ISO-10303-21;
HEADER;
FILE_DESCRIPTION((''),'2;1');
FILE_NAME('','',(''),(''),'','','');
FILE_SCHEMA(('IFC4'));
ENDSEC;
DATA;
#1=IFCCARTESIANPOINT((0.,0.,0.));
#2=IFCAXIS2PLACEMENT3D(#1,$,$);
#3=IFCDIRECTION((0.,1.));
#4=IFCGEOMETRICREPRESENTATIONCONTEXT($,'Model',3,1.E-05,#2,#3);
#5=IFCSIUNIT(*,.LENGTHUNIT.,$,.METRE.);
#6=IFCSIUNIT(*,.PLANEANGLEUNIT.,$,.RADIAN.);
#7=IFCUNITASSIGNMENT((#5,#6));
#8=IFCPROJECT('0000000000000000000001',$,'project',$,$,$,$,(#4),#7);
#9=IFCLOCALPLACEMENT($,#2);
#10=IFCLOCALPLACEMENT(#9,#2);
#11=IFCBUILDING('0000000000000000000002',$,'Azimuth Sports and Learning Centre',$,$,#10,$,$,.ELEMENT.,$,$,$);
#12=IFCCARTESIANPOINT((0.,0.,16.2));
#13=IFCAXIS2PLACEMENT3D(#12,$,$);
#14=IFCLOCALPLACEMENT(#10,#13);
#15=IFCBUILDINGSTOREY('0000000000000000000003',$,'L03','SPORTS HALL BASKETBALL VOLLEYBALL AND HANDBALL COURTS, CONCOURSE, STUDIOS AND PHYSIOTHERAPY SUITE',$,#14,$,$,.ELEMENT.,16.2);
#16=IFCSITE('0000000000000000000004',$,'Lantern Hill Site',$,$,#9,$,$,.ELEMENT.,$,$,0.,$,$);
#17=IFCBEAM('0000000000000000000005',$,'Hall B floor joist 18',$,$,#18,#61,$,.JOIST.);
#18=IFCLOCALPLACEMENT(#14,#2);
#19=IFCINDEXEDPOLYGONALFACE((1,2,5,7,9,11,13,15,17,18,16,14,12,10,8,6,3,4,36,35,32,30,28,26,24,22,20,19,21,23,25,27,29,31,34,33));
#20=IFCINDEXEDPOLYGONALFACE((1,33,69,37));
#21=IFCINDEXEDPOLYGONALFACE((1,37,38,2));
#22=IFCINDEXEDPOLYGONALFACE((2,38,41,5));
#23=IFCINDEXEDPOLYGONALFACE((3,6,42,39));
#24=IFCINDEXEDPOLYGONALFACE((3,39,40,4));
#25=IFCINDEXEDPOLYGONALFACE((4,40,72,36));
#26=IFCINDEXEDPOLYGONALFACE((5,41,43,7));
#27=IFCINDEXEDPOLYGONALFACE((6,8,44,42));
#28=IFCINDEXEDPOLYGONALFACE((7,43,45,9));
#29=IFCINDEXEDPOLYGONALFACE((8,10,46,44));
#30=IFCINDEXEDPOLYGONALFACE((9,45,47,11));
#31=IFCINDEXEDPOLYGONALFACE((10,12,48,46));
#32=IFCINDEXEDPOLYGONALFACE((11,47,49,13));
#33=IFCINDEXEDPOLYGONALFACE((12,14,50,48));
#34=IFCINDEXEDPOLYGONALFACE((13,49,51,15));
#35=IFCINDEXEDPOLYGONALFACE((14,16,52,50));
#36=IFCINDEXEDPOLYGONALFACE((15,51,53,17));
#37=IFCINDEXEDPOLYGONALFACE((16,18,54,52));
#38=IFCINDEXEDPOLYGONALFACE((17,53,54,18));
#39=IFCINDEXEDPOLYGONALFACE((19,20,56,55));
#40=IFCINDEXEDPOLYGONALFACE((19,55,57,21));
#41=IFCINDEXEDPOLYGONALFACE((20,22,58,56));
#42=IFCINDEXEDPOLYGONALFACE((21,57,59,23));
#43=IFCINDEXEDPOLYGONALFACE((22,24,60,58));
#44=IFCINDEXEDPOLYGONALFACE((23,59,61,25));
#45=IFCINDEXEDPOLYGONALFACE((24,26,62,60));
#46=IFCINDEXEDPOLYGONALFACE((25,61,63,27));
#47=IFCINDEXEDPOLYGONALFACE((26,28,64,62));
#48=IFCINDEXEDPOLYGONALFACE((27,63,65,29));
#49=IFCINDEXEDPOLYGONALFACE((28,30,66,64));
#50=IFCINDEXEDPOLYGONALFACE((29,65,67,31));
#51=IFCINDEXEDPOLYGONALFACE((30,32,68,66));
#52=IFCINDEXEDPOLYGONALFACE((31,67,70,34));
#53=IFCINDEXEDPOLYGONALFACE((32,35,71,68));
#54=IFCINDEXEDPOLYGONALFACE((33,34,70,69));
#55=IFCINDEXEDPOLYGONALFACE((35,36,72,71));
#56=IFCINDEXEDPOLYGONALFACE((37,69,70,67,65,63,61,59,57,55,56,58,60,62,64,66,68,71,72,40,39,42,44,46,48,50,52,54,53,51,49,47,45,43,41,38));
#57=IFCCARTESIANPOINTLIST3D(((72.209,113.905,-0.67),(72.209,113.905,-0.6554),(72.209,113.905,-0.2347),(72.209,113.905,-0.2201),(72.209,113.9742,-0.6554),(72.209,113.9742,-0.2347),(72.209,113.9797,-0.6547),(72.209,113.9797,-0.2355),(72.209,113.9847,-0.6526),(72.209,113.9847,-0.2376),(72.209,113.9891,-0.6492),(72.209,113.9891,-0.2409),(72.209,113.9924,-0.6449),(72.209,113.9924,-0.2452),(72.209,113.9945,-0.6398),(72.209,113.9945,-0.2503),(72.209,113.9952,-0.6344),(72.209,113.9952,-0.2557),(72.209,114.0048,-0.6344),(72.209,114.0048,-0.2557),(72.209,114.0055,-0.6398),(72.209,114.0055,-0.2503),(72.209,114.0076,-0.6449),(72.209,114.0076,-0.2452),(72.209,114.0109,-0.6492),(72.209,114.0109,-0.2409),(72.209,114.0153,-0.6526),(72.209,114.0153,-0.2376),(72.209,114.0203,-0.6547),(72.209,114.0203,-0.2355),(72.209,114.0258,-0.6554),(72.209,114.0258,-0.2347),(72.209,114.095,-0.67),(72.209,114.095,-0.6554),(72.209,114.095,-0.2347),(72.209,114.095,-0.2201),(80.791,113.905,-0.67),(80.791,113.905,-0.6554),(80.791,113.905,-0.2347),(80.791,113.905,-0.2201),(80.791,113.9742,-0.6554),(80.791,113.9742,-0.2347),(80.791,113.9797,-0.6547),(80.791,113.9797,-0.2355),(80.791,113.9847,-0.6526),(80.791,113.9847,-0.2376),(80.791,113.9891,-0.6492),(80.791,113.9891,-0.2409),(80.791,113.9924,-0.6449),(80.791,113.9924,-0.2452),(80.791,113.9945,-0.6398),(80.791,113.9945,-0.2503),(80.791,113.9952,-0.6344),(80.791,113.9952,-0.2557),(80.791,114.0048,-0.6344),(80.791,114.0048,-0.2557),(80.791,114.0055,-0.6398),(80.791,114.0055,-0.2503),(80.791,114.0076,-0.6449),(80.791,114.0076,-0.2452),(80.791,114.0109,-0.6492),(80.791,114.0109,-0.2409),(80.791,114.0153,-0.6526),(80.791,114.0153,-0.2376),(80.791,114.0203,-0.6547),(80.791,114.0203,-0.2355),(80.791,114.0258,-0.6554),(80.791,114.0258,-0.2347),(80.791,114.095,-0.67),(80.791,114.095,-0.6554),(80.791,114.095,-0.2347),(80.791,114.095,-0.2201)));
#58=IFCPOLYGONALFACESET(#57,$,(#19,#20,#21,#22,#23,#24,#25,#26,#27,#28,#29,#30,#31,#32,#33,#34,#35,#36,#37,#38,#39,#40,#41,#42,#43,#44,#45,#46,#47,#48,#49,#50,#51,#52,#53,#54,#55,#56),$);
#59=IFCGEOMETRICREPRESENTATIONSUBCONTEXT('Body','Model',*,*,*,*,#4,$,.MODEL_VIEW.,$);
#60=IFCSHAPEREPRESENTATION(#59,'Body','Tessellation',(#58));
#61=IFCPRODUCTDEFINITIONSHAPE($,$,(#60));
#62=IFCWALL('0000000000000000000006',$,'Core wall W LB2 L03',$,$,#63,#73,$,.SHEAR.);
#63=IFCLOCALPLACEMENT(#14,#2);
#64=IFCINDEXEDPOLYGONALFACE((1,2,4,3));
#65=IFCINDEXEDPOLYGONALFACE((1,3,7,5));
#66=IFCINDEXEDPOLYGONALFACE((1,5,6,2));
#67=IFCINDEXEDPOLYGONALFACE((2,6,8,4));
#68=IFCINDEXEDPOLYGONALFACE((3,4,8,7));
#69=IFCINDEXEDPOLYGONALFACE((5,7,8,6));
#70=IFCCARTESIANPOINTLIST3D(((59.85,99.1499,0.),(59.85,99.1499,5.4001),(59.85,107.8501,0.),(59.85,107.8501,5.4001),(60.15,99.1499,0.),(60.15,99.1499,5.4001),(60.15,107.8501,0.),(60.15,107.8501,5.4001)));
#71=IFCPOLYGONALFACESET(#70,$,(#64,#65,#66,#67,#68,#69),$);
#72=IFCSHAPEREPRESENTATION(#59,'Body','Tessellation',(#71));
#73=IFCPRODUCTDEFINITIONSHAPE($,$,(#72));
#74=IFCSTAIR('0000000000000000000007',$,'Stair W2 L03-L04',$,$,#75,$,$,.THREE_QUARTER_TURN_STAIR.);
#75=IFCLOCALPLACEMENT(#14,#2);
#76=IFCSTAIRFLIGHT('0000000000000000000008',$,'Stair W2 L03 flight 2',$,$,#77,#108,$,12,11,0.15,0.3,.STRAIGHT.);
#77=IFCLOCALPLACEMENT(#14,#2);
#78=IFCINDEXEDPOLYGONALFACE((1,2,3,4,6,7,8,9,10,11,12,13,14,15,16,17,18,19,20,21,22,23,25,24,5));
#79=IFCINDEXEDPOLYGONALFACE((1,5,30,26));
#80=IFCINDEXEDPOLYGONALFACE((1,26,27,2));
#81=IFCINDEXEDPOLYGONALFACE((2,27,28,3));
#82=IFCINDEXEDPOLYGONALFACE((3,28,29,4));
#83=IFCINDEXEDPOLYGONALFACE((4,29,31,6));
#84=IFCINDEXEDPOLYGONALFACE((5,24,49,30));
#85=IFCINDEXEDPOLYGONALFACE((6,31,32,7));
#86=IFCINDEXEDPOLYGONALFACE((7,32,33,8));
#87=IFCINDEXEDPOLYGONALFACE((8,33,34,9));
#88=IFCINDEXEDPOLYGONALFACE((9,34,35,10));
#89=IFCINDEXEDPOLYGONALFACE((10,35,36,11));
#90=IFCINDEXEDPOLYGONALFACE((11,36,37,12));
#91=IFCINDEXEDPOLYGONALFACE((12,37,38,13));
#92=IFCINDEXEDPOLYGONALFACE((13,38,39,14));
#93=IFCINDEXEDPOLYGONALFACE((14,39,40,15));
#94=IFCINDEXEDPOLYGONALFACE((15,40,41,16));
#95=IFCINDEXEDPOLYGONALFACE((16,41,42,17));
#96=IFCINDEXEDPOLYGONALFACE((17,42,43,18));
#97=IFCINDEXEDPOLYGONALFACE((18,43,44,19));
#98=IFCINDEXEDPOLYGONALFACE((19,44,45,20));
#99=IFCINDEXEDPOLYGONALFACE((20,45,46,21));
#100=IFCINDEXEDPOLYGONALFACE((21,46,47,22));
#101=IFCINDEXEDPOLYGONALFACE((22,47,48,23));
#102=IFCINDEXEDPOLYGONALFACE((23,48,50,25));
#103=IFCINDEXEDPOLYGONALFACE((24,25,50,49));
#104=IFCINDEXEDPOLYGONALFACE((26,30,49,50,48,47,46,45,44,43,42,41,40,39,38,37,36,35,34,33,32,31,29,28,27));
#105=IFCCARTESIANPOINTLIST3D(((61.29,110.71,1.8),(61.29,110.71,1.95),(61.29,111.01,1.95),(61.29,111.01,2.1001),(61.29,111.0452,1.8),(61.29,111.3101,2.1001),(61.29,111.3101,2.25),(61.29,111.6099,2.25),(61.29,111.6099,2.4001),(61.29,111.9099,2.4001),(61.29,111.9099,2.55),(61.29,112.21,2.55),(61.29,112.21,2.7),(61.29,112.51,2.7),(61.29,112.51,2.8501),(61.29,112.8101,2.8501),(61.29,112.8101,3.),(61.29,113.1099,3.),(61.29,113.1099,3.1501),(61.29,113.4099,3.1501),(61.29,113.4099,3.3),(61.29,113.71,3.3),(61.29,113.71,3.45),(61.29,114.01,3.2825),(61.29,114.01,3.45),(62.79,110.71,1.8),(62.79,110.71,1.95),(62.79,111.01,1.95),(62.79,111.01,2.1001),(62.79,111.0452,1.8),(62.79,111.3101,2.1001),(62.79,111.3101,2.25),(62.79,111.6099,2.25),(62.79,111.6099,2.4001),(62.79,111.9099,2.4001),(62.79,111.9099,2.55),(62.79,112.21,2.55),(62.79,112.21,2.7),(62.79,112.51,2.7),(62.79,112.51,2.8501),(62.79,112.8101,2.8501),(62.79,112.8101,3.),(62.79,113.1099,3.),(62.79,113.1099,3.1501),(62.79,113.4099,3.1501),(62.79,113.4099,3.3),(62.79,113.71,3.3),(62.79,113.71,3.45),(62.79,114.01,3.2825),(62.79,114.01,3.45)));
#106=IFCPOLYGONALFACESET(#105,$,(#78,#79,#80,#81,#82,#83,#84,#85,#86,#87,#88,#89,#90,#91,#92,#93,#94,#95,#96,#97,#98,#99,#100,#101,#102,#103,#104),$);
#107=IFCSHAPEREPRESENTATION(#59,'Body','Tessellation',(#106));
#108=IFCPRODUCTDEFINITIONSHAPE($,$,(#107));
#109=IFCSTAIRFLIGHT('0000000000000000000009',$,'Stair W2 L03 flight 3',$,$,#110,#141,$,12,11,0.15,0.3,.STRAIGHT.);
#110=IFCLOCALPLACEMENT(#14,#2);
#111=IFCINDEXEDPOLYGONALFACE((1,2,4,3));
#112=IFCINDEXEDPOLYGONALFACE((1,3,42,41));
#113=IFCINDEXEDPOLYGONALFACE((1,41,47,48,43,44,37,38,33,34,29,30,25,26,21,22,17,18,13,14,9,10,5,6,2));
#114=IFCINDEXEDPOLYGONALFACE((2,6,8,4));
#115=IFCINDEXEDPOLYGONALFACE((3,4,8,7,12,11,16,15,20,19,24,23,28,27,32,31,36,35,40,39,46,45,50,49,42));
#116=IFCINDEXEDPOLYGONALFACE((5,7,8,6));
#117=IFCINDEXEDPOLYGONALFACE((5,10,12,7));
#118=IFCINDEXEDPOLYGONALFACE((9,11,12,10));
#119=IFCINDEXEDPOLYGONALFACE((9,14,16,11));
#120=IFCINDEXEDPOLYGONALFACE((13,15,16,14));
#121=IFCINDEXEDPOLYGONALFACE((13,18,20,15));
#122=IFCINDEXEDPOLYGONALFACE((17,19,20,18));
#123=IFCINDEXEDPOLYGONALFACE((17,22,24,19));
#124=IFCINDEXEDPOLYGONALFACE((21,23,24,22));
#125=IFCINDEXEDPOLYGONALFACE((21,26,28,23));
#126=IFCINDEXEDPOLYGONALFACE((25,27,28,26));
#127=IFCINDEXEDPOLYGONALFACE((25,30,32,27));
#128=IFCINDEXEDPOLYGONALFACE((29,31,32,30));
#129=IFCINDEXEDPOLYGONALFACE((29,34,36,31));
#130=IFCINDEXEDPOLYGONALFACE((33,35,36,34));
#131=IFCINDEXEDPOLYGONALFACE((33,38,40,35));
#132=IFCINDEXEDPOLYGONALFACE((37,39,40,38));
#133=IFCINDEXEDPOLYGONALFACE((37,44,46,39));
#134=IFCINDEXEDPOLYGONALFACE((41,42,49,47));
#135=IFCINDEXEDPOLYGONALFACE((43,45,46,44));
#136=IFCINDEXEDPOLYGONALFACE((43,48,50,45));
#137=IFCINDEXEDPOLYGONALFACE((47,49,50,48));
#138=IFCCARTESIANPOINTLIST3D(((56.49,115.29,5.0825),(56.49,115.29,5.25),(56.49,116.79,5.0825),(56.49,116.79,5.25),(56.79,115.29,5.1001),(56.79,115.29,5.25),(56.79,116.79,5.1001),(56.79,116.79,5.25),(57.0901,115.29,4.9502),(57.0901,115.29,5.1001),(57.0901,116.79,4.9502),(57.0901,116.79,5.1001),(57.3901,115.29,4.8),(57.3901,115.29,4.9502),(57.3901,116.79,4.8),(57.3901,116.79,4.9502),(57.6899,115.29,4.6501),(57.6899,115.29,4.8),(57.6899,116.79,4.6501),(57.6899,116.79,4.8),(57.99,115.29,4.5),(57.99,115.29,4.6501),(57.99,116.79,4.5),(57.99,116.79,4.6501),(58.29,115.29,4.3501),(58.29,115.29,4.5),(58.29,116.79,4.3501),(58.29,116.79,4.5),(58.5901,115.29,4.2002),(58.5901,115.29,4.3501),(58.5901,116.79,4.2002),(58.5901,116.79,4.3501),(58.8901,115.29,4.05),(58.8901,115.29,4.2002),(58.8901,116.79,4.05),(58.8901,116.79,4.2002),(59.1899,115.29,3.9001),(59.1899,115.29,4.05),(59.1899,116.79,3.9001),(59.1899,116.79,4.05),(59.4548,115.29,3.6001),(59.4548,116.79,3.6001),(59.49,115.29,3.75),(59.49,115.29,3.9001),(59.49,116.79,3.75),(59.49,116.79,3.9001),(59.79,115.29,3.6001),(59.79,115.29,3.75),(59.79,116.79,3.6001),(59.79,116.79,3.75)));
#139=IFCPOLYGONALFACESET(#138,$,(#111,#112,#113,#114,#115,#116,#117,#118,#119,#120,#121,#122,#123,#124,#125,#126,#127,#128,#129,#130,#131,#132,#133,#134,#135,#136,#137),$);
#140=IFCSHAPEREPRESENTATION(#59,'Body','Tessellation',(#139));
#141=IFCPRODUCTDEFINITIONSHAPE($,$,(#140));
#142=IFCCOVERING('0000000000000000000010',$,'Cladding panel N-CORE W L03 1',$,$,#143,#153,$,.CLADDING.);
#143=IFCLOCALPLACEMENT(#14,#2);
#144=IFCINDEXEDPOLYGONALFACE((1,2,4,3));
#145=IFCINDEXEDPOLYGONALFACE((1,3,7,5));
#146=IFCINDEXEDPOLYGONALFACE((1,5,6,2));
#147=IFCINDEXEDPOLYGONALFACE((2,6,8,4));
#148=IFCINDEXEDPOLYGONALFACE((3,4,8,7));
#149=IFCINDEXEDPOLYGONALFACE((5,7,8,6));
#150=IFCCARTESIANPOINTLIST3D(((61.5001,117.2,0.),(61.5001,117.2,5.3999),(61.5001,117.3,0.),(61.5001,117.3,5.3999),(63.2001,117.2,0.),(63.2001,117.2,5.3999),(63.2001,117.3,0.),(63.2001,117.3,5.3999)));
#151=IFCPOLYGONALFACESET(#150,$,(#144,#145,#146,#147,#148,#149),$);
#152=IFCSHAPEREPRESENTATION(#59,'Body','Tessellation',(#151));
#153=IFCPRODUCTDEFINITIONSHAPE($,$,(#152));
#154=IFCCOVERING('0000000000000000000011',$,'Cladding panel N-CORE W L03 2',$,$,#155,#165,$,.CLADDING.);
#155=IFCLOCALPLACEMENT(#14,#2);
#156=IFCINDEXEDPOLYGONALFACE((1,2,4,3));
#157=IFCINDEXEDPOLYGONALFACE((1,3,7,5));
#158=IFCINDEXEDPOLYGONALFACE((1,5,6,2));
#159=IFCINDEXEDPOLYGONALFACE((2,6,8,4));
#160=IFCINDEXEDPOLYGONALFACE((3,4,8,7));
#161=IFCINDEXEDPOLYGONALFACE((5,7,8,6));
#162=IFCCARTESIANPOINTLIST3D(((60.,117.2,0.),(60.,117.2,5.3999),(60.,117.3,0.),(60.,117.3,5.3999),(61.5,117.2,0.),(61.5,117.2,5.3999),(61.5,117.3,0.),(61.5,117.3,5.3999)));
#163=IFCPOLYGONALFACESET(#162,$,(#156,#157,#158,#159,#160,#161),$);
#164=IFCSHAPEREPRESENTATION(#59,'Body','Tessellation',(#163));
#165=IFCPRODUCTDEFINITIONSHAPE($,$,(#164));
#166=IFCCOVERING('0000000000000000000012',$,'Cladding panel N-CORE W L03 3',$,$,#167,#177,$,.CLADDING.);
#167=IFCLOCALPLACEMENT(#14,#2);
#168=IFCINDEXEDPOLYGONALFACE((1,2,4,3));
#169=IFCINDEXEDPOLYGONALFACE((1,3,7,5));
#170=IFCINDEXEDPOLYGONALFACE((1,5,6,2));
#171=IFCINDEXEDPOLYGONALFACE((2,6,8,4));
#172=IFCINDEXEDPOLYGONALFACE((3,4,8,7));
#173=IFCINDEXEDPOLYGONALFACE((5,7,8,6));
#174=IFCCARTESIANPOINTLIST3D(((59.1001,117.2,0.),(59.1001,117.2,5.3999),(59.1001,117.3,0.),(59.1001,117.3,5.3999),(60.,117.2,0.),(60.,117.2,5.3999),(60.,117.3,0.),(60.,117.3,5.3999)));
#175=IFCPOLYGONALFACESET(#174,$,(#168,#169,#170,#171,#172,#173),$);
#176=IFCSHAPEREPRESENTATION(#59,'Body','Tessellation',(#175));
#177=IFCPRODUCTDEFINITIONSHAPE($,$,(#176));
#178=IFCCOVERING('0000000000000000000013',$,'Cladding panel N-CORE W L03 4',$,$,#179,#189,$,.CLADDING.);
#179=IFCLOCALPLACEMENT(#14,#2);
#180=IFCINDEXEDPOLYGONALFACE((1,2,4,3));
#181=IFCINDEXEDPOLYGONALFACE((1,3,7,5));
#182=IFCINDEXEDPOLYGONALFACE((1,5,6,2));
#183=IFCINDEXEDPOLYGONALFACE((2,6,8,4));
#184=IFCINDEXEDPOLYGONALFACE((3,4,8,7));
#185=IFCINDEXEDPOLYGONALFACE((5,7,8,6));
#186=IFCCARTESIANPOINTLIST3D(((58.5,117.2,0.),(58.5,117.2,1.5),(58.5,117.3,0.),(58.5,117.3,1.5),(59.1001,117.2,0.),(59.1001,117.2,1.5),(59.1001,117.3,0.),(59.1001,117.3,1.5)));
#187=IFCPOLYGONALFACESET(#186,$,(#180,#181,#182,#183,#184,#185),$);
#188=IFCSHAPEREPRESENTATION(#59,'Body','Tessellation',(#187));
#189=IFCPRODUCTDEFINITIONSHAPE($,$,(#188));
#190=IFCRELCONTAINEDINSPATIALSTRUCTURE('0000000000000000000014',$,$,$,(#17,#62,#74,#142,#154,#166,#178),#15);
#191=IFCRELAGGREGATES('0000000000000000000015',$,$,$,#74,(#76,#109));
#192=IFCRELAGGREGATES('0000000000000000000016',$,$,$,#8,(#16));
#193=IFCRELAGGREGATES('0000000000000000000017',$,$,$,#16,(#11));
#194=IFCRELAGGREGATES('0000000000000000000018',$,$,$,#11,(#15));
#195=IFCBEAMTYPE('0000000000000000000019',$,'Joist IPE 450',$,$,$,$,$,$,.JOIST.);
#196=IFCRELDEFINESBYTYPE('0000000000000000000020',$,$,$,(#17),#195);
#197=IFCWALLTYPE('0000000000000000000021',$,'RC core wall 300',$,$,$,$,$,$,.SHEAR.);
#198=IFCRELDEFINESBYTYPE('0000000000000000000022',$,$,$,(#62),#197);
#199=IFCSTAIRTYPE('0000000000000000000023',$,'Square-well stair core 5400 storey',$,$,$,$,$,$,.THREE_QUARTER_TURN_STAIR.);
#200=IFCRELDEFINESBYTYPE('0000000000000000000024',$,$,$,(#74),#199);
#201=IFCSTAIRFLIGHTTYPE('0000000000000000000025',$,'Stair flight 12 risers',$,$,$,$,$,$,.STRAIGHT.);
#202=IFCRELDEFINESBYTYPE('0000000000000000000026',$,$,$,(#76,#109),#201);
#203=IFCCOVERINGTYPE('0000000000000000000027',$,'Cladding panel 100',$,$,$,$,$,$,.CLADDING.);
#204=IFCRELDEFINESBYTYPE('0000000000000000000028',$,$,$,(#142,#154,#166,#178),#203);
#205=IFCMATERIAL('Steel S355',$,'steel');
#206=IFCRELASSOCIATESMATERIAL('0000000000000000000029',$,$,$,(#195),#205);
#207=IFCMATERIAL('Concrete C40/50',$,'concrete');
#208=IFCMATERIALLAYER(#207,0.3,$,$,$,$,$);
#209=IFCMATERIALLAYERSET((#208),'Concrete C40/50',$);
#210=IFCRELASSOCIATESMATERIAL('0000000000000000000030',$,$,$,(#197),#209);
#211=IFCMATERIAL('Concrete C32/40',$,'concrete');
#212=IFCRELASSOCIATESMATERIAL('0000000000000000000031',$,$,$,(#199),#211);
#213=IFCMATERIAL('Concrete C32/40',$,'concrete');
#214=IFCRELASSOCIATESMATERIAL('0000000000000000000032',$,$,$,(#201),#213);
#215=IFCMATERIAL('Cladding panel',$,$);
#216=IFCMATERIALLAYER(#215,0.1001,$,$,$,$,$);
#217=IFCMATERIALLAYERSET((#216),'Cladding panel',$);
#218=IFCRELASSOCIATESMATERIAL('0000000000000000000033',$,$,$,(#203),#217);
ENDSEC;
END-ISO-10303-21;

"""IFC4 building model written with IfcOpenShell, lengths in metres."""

from ifc_helpers import new_model, si_unit, direction, frame, frame_2d, origin, origin_2d, place, context, subcontext, project, spatial, polyline, rectangle, i_section, outline, extrude, material, layer, layer_set, material_profile, profile_set, type_object, element, aggregate, save


model = new_model("IFC4")

# Units and contexts
model_context = context("Model", 3, precision=1e-05, world=origin(), true_north=direction((0.0, 1.0)))
body_context = subcontext(model_context, "Body", "Model", "MODEL_VIEW")
ifc_project = project(units=[si_unit("LENGTHUNIT", "METRE"), si_unit("PLANEANGLEUNIT", "RADIAN")], contexts=[model_context])

# Site, building, storey
site_placement = place(None, origin())
site = spatial("IfcSite", under=ifc_project, at=site_placement, Name="Lantern Hill Site", CompositionType="ELEMENT", RefElevation=0.0)
building_placement = place(site_placement, origin())
building = spatial("IfcBuilding", under=site, at=building_placement, Name="Azimuth Sports and Learning Centre", CompositionType="ELEMENT")
storey_placement = place(building_placement, frame((0.0, 0.0, 16.2)))
storey = spatial("IfcBuildingStorey", under=building, at=storey_placement, Name="L03", Description="SPORTS HALL BASKETBALL VOLLEYBALL AND HANDBALL COURTS, CONCOURSE, STUDIOS AND PHYSIOTHERAPY SUITE", CompositionType="ELEMENT", Elevation=16.2)

# Beam
ifc_material_1 = material(Name="Steel S355", Category="steel")
ifc_material_profile_1 = material_profile(ifc_material_1, i_section(OverallWidth=0.1899, OverallDepth=0.45, WebThickness=0.0095, FlangeThickness=0.0146, FilletRadius=0.021, at=origin_2d()), Name="IPE 450")
ifc_profile_set_1 = profile_set([ifc_material_profile_1], Name="Steel S355")
beam_type_1 = type_object("IfcBeamType", Name="Joist IPE 450", PredefinedType="JOIST", material=ifc_profile_set_1)
beam_1_placement = place(storey_placement, frame((72.209, 114.0, -0.4451), z_axis=(1.0, 0.0, 0.0), x_axis=(0.0, 1.0, 0.0)))
element("IfcBeam", 1, at=beam_1_placement, inside=storey, type_object=beam_type_1, Name="Hall B floor joist 18", PredefinedType="JOIST", context=body_context, shape_type="SweptSolid", body=[
    extrude(i_section(OverallWidth=0.1899, OverallDepth=0.45, WebThickness=0.0095, FlangeThickness=0.0146, FilletRadius=0.021, at=origin_2d()), origin(), (0.0, 0.0, 1.0), 8.582),
])

# Wall
ifc_material_2 = material(Name="Concrete C40/50", Category="concrete")
ifc_layer_1 = layer(ifc_material_2, 0.3)
ifc_layer_set_1 = layer_set([ifc_layer_1], Name="Concrete C40/50")
wall_type = type_object("IfcWallType", Name="RC core wall 300", PredefinedType="SHEAR", material=ifc_layer_set_1)
wall_placement = place(storey_placement, frame((60.0, 99.1499, 0.0), z_axis=(0.0, 0.0, 1.0), x_axis=(0.0, 1.0, 0.0)))
element("IfcWall", 2, at=wall_placement, inside=storey, type_object=wall_type, Name="Core wall W LB2 L03", PredefinedType="SHEAR", context=body_context, shape_type="SweptSolid", body=[
    extrude(rectangle(XDim=8.7002, YDim=0.3, at=frame_2d((4.3501, 0.0))), origin(), (0.0, 0.0, 1.0), 5.4001),
])

# Stair, stair flights
ifc_material_3 = material(Name="Concrete C32/40", Category="concrete")
stair_type = type_object("IfcStairType", Name="Square-well stair core 5400 storey", PredefinedType="THREE_QUARTER_TURN_STAIR", material=ifc_material_3)
stair_placement = place(storey_placement, origin())
stair = element("IfcStair", 3, at=stair_placement, inside=storey, type_object=stair_type, Name="Stair W2 L03-L04", PredefinedType="THREE_QUARTER_TURN_STAIR")
ifc_material_4 = material(Name="Concrete C32/40", Category="concrete")
stair_flight_type = type_object("IfcStairFlightType", Name="Stair flight 12 risers", PredefinedType="STRAIGHT", material=ifc_material_4)
stair_flight_1_placement = place(storey_placement, frame((62.04, 110.71, 1.8), z_axis=(0.0, 0.0, 1.0), x_axis=(0.0, 1.0, 0.0)))
stair_flight_1 = element("IfcStairFlight", 4, at=stair_flight_1_placement, type_object=stair_flight_type, Name="Stair W2 L03 flight 2", NumberOfRisers=12, NumberOfTreads=11, PredefinedType="STRAIGHT", RiserHeight=0.15, TreadLength=0.3, context=body_context, shape_type="SweptSolid", body=[
    extrude(outline(polyline([(0.0, 0.0), (0.0, 0.1499), (0.3, 0.1499), (0.3, 0.3), (0.6001, 0.3), (0.6001, 0.45), (0.8999, 0.45), (0.8999, 0.6001), (1.2, 0.6001), (1.2, 0.75), (1.5, 0.75), (1.5, 0.8999), (1.8, 0.8999), (1.8, 1.05), (2.1001, 1.05), (2.1001, 1.2), (2.3999, 1.2), (2.3999, 1.3501), (2.7, 1.3501), (2.7, 1.5), (3.0, 1.5), (3.0, 1.6499), (3.3, 1.6499), (3.3, 1.8), (3.3, 1.4824), (0.3352, 0.0), (0.0, 0.0)])), frame((0.0, 0.75, 0.0), z_axis=(0.0, -1.0, 0.0), x_axis=(1.0, 0.0, 0.0)), (0.0, 0.0, 1.0), 1.5),
])
stair_flight_2_placement = place(storey_placement, frame((59.79, 116.04, 3.6001), z_axis=(0.0, 0.0, 1.0), x_axis=(-1.0, 0.0, 0.0)))
stair_flight_2 = element("IfcStairFlight", 5, at=stair_flight_2_placement, type_object=stair_flight_type, Name="Stair W2 L03 flight 3", NumberOfRisers=12, NumberOfTreads=11, PredefinedType="STRAIGHT", RiserHeight=0.15, TreadLength=0.3, context=body_context, shape_type="SweptSolid", body=[
    extrude(outline(polyline([(0.0, 0.0), (0.0, 0.1499), (0.3, 0.1499), (0.3, 0.3), (0.6001, 0.3), (0.6001, 0.45), (0.8999, 0.45), (0.8999, 0.6001), (1.2, 0.6001), (1.2, 0.75), (1.5, 0.75), (1.5, 0.8999), (1.8, 0.8999), (1.8, 1.05), (2.1001, 1.05), (2.1001, 1.2), (2.3999, 1.2), (2.3999, 1.3501), (2.7, 1.3501), (2.7, 1.5), (3.0, 1.5), (3.0, 1.6499), (3.3, 1.6499), (3.3, 1.8), (3.3, 1.4824), (0.3352, 0.0), (0.0, 0.0)])), frame((0.0, 0.75, 0.0), z_axis=(0.0, -1.0, 0.0), x_axis=(1.0, 0.0, 0.0)), (0.0, 0.0, 1.0), 1.5),
])
aggregate(stair, [stair_flight_1, stair_flight_2])

# Coverings
ifc_material_5 = material(Name="Cladding panel")
ifc_layer_2 = layer(ifc_material_5, 0.1001)
ifc_layer_set_2 = layer_set([ifc_layer_2], Name="Cladding panel")
covering_type = type_object("IfcCoveringType", Name="Cladding panel 100", PredefinedType="CLADDING", material=ifc_layer_set_2)
covering_1_placement = place(storey_placement, frame((62.3501, 117.25, 0.0), z_axis=(0.0, 0.0, 1.0), x_axis=(-1.0, 0.0, 0.0)))
element("IfcCovering", 6, at=covering_1_placement, inside=storey, type_object=covering_type, Name="Cladding panel N-CORE W L03 1", PredefinedType="CLADDING", context=body_context, shape_type="SweptSolid", body=[
    extrude(rectangle(XDim=1.7, YDim=0.1001, at=origin_2d()), origin(), (0.0, 0.0, 1.0), 5.3999),
])
covering_2_placement = place(storey_placement, frame((60.75, 117.25, 0.0), z_axis=(0.0, 0.0, 1.0), x_axis=(-1.0, 0.0, 0.0)))
element("IfcCovering", 7, at=covering_2_placement, inside=storey, type_object=covering_type, Name="Cladding panel N-CORE W L03 2", PredefinedType="CLADDING", context=body_context, shape_type="SweptSolid", body=[
    extrude(rectangle(XDim=1.5, YDim=0.1001, at=origin_2d()), origin(), (0.0, 0.0, 1.0), 5.3999),
])
covering_3_placement = place(storey_placement, frame((59.55, 117.25, 0.0), z_axis=(0.0, 0.0, 1.0), x_axis=(-1.0, 0.0, 0.0)))
element("IfcCovering", 8, at=covering_3_placement, inside=storey, type_object=covering_type, Name="Cladding panel N-CORE W L03 3", PredefinedType="CLADDING", context=body_context, shape_type="SweptSolid", body=[
    extrude(rectangle(XDim=0.8999, YDim=0.1001, at=origin_2d()), origin(), (0.0, 0.0, 1.0), 5.3999),
])
covering_4_placement = place(storey_placement, frame((58.8, 117.25, 0.0), z_axis=(0.0, 0.0, 1.0), x_axis=(-1.0, 0.0, 0.0)))
element("IfcCovering", 9, at=covering_4_placement, inside=storey, type_object=covering_type, Name="Cladding panel N-CORE W L03 4", PredefinedType="CLADDING", context=body_context, shape_type="SweptSolid", body=[
    extrude(rectangle(XDim=0.6001, YDim=0.1001, at=origin_2d()), origin(), (0.0, 0.0, 1.0), 1.5),
])

save(model, "model.ifc")
